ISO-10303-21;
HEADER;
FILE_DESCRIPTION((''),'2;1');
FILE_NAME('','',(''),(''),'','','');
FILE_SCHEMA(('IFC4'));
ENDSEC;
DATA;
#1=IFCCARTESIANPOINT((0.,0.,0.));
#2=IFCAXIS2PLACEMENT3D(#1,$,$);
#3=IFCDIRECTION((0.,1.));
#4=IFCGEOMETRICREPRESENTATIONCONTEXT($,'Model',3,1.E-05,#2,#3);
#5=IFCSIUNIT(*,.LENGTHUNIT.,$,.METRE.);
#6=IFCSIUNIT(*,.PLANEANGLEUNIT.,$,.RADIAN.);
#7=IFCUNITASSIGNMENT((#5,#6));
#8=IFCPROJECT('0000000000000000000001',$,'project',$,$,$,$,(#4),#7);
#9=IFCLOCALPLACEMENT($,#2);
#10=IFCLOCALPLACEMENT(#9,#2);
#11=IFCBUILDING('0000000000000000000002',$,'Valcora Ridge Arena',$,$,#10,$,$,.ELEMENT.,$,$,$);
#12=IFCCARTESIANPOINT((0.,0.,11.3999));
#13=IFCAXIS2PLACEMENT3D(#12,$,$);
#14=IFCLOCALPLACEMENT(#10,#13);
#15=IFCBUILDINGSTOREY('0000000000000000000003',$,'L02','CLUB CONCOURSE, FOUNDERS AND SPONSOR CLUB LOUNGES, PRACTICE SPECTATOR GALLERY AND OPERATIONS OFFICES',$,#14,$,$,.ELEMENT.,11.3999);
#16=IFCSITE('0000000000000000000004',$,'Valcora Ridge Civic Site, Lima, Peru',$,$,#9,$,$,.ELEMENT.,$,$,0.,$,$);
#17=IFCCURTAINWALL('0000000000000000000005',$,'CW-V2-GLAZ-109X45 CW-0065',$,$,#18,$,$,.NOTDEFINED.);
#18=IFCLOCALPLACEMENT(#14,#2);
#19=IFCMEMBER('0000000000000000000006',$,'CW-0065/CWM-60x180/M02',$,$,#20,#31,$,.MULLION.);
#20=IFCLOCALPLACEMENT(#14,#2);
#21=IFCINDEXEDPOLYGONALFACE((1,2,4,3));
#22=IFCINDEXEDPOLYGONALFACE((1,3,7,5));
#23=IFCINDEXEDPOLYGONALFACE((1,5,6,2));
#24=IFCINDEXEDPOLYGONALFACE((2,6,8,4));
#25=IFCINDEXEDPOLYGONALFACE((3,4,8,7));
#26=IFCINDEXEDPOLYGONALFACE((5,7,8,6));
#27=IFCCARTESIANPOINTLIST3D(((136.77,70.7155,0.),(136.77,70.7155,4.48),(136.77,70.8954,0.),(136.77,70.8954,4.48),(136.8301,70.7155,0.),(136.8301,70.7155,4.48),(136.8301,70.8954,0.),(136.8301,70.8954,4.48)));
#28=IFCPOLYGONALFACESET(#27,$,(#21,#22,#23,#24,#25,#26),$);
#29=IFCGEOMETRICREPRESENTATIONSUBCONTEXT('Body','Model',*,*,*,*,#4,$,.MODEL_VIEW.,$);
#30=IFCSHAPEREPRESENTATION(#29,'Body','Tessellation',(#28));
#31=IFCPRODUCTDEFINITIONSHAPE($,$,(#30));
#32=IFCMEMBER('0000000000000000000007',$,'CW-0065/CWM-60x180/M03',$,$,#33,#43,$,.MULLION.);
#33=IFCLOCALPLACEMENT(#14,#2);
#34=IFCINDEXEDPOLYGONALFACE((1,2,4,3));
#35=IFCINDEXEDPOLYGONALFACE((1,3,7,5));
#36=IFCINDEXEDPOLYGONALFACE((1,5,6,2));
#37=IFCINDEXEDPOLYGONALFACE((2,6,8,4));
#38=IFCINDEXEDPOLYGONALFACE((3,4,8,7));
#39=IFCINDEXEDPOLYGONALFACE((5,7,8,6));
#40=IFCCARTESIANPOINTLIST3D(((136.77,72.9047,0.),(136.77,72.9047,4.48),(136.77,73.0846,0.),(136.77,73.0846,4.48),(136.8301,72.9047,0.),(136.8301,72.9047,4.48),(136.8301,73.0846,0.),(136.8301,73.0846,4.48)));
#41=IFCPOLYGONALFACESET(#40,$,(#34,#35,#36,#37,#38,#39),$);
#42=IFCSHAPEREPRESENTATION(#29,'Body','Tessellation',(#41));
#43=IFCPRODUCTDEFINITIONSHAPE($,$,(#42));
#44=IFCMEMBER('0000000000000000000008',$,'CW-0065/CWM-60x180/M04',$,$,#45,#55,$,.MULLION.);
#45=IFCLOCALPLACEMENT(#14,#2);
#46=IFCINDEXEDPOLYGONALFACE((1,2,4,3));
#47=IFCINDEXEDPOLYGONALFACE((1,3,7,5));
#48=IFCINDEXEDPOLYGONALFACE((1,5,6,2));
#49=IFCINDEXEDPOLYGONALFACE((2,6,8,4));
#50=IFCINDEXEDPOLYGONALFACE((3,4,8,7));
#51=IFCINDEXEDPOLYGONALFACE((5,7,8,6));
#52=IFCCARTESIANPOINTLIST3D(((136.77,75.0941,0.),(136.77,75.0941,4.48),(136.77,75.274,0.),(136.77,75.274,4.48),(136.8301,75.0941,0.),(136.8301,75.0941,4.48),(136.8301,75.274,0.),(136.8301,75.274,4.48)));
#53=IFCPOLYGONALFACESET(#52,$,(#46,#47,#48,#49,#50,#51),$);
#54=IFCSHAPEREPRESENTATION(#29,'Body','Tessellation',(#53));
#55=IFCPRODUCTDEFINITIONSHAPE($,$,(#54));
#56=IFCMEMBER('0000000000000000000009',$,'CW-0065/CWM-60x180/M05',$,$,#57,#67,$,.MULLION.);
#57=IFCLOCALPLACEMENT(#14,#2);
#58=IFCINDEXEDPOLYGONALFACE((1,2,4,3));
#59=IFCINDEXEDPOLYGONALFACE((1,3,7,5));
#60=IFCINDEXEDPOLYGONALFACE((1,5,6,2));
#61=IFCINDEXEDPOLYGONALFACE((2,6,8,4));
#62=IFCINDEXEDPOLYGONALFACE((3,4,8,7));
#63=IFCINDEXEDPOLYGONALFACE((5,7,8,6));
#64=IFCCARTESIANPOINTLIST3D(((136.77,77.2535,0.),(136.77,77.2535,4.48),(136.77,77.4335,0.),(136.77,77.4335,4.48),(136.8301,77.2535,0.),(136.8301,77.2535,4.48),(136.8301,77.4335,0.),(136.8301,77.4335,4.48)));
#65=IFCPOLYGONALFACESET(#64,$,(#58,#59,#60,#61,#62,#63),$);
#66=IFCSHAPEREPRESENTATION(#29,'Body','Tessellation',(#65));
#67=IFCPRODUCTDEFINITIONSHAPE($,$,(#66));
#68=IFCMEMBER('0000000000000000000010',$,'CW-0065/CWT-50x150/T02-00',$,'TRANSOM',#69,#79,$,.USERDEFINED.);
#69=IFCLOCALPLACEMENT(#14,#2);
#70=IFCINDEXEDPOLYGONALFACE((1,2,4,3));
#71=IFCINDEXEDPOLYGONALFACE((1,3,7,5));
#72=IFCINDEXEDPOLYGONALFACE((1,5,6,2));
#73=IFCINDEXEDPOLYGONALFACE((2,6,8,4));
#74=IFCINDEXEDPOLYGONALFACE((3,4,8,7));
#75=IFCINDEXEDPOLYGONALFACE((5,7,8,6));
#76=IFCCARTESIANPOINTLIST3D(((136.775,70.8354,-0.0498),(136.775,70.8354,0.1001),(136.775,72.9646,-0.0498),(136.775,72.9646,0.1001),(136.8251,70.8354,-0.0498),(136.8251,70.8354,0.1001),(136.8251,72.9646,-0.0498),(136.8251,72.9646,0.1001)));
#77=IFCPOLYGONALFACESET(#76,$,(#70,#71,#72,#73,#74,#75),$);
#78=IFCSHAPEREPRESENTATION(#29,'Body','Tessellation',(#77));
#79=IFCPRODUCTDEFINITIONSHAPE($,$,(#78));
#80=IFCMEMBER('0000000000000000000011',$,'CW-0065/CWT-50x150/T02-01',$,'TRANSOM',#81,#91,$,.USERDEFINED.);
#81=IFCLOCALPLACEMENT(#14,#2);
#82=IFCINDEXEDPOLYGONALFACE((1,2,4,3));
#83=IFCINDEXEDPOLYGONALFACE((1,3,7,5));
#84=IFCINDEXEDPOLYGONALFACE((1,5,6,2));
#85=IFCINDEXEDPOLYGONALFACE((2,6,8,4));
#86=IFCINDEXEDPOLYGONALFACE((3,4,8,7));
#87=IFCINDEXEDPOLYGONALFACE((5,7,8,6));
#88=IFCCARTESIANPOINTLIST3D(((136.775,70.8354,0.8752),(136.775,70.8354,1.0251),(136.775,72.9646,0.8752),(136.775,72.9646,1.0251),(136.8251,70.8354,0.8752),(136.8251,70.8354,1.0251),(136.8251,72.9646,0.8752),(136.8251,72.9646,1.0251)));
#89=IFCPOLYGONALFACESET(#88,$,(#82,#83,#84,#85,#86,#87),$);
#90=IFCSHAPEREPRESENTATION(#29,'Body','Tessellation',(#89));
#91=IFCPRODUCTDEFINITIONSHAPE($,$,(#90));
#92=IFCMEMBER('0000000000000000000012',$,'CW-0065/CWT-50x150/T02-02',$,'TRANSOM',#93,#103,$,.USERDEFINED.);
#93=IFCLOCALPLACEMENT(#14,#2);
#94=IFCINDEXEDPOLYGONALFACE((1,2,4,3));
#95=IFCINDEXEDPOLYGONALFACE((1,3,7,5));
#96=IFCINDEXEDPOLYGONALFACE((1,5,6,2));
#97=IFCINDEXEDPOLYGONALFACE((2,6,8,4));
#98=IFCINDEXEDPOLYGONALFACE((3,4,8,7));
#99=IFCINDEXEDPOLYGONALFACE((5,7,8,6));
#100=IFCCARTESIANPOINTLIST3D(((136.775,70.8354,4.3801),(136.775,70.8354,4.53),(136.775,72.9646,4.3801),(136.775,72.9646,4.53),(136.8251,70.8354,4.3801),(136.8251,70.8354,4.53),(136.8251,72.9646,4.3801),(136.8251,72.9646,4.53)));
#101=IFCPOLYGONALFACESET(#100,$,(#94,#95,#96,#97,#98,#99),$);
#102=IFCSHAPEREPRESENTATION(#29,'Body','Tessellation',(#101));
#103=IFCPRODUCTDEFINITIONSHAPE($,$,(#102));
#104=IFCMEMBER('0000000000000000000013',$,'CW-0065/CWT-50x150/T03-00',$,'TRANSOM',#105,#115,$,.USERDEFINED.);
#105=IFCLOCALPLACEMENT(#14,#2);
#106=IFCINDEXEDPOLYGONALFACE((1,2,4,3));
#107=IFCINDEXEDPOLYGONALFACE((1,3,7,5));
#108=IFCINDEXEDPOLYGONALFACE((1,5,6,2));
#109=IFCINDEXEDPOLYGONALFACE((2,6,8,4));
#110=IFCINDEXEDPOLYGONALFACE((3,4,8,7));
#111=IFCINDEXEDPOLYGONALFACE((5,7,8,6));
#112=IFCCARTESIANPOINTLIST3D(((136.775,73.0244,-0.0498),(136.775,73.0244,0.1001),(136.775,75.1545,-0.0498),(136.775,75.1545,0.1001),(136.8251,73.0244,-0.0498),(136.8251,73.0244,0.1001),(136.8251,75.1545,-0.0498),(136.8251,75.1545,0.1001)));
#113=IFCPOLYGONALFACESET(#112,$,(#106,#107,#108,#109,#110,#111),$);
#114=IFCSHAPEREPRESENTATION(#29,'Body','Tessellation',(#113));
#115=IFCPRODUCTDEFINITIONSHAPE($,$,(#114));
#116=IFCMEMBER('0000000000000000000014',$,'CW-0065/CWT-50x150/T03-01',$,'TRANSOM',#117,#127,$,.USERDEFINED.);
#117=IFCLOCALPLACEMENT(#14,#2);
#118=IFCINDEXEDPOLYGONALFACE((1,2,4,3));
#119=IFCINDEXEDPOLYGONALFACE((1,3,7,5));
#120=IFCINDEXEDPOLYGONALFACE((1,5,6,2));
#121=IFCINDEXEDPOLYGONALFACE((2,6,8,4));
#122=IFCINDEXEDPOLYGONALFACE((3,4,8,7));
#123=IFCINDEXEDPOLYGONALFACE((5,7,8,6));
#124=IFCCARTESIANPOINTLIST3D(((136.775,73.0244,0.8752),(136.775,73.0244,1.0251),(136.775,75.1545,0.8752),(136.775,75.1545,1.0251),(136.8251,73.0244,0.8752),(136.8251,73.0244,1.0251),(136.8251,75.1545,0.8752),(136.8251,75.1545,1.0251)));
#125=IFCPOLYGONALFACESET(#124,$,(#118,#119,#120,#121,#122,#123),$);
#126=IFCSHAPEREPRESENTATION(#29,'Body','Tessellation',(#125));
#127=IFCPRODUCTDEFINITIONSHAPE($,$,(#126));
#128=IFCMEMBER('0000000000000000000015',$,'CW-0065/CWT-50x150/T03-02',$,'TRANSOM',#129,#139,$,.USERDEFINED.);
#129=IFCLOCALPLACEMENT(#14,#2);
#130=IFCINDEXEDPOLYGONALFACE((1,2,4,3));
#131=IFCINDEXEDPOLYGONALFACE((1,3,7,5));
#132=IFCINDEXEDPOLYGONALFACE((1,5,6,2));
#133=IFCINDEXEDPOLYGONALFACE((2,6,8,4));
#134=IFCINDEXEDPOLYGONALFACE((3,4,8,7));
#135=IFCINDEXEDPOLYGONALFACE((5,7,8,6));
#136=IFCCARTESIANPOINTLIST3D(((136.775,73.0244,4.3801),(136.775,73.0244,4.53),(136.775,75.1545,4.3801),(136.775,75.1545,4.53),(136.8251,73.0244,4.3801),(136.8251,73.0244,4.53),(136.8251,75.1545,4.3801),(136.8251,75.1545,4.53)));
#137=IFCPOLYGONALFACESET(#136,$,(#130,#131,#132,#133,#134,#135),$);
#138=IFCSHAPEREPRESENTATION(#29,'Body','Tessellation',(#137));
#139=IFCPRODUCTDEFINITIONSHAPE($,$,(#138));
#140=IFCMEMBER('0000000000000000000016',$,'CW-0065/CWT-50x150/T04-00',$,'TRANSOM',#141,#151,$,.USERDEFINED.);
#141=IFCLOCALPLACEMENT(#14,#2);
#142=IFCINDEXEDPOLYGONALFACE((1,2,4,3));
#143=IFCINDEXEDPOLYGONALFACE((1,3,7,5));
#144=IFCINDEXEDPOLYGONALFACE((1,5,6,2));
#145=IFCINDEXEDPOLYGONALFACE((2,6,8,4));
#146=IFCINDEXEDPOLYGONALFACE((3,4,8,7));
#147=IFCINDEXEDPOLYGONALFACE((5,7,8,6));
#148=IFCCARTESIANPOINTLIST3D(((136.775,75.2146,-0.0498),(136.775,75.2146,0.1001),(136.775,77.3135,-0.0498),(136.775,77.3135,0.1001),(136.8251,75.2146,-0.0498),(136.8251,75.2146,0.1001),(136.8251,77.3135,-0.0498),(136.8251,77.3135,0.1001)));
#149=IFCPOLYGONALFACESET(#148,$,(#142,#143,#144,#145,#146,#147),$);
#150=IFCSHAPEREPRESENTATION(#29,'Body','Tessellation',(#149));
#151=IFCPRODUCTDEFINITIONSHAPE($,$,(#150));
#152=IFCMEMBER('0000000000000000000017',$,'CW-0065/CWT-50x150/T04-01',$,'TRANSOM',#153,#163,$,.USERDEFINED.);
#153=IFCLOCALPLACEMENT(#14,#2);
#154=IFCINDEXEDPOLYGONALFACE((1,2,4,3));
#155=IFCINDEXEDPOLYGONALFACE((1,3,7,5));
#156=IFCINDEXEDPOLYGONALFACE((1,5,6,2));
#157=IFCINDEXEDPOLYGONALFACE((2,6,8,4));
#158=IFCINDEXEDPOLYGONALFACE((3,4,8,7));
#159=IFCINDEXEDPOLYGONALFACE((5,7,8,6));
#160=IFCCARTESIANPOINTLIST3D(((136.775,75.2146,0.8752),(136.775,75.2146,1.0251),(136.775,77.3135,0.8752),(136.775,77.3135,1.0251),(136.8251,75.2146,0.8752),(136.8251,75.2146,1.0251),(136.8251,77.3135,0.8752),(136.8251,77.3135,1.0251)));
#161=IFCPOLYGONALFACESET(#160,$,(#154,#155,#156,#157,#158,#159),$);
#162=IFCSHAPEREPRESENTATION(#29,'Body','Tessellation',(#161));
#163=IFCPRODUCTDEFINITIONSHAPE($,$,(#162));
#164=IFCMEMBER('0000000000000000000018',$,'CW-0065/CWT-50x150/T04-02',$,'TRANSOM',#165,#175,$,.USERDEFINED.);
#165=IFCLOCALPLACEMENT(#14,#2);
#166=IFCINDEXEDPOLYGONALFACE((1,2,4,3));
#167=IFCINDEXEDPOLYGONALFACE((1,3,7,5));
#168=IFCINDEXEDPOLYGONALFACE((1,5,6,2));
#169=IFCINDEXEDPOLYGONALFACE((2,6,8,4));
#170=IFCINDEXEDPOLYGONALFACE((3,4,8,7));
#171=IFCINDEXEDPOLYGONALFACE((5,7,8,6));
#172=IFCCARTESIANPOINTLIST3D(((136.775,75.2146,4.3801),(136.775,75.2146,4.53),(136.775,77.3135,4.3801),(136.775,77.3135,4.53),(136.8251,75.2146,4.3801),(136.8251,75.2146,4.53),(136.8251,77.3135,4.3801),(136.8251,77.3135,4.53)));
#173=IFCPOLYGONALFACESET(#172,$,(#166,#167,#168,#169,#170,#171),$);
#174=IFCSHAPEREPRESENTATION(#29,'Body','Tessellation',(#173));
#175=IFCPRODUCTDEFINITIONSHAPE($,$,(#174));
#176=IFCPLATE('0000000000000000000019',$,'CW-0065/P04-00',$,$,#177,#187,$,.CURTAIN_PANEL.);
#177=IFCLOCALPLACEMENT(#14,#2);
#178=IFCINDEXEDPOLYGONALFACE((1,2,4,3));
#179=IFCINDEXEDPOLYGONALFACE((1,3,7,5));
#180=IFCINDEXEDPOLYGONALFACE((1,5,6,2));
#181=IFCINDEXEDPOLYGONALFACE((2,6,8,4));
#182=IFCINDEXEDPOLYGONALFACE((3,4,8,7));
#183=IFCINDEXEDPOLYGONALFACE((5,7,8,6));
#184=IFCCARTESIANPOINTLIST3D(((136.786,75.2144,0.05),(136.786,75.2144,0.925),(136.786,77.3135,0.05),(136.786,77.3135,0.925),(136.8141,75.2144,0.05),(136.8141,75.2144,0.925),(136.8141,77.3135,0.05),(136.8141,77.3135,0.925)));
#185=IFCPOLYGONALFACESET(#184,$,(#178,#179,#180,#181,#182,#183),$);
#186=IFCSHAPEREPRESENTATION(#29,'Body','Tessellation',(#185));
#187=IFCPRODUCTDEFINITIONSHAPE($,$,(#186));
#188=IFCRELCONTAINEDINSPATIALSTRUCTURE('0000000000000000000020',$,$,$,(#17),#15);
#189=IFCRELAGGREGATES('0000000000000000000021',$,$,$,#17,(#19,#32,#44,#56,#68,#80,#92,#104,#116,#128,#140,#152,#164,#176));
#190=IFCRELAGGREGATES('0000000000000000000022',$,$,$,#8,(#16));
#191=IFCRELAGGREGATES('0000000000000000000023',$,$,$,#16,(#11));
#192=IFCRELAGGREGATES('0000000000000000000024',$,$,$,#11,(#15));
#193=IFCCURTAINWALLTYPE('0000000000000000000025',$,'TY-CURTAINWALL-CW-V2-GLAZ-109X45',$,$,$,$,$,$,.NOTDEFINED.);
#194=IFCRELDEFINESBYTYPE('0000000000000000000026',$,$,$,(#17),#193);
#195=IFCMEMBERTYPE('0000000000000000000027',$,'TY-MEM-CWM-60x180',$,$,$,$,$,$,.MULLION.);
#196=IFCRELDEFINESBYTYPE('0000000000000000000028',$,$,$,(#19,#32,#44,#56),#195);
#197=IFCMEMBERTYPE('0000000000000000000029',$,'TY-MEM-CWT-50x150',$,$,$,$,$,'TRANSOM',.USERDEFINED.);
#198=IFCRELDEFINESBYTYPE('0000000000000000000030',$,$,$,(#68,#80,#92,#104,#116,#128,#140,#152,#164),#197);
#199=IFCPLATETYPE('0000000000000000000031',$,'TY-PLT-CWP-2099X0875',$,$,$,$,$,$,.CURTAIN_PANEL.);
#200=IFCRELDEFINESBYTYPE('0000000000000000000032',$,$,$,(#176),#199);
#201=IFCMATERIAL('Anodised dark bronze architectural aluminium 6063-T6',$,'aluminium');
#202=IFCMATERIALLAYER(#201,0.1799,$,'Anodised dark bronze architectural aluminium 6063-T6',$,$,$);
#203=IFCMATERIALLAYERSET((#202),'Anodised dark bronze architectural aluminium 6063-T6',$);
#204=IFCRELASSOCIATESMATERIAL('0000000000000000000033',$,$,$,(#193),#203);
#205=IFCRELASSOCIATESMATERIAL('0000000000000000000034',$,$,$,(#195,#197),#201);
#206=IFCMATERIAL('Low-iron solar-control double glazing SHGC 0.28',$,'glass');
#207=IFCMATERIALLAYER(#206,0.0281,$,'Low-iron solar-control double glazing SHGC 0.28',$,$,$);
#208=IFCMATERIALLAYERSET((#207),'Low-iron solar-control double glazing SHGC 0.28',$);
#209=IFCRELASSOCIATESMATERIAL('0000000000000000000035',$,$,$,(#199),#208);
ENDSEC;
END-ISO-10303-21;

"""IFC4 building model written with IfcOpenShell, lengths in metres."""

from ifc_helpers import new_model, si_unit, direction, frame, origin, origin_2d, place, context, subcontext, project, spatial, rectangle, extrude, material, layer, layer_set, material_profile, profile_set, type_object, element, aggregate, save


model = new_model("IFC4")

# Units and contexts
model_context = context("Model", 3, precision=1e-05, world=origin(), true_north=direction((0.0, 1.0)))
body_context = subcontext(model_context, "Body", "Model", "MODEL_VIEW")
ifc_project = project(units=[si_unit("LENGTHUNIT", "METRE"), si_unit("PLANEANGLEUNIT", "RADIAN")], contexts=[model_context])

# Site, building, storey
site_placement = place(None, origin())
site = spatial("IfcSite", under=ifc_project, at=site_placement, Name="Valcora Ridge Civic Site, Lima, Peru", CompositionType="ELEMENT", RefElevation=0.0)
building_placement = place(site_placement, origin())
building = spatial("IfcBuilding", under=site, at=building_placement, Name="Valcora Ridge Arena", CompositionType="ELEMENT")
storey_placement = place(building_placement, frame((0.0, 0.0, 11.3999)))
storey = spatial("IfcBuildingStorey", under=building, at=storey_placement, Name="L02", Description="CLUB CONCOURSE, FOUNDERS AND SPONSOR CLUB LOUNGES, PRACTICE SPECTATOR GALLERY AND OPERATIONS OFFICES", CompositionType="ELEMENT", Elevation=11.3999)

# Curtain wall, members, plate
ifc_material_1 = material(Name="Anodised dark bronze architectural aluminium 6063-T6", Category="aluminium")
ifc_layer_1 = layer(ifc_material_1, 0.1799, Name="Anodised dark bronze architectural aluminium 6063-T6")
ifc_layer_set_1 = layer_set([ifc_layer_1], Name="Anodised dark bronze architectural aluminium 6063-T6")
curtain_wall_type = type_object("IfcCurtainWallType", Name="TY-CURTAINWALL-CW-V2-GLAZ-109X45", PredefinedType="NOTDEFINED", material=ifc_layer_set_1)
curtain_wall_placement = place(storey_placement, origin())
curtain_wall = element("IfcCurtainWall", 1, at=curtain_wall_placement, inside=storey, type_object=curtain_wall_type, Name="CW-V2-GLAZ-109X45 CW-0065", PredefinedType="NOTDEFINED")
ifc_material_profile_1 = material_profile(ifc_material_1, rectangle(XDim=0.0601, YDim=0.1799, at=origin_2d()), Name="ALU MULLION 60x180")
ifc_profile_set_1 = profile_set([ifc_material_profile_1], Name="Anodised dark bronze architectural aluminium 6063-T6")
member_type_1 = type_object("IfcMemberType", Name="TY-MEM-CWM-60x180", PredefinedType="MULLION", material=ifc_profile_set_1)
member_1_placement = place(storey_placement, frame((136.8, 70.8054, 0.0), z_axis=(0.0, 0.0, 1.0), x_axis=(-1.0, 0.0, 0.0)))
member_1 = element("IfcMember", 2, at=member_1_placement, type_object=member_type_1, Name="CW-0065/CWM-60x180/M02", PredefinedType="MULLION", context=body_context, shape_type="SweptSolid", body=[
    extrude(rectangle(XDim=0.0601, YDim=0.1799, at=origin_2d()), origin(), (0.0, 0.0, 1.0), 4.48),
])
member_2_placement = place(storey_placement, frame((136.8, 72.9946, 0.0), z_axis=(0.0, 0.0, 1.0), x_axis=(-1.0, 0.0, 0.0)))
member_2 = element("IfcMember", 3, at=member_2_placement, type_object=member_type_1, Name="CW-0065/CWM-60x180/M03", PredefinedType="MULLION", context=body_context, shape_type="SweptSolid", body=[
    extrude(rectangle(XDim=0.0601, YDim=0.1799, at=origin_2d()), origin(), (0.0, 0.0, 1.0), 4.48),
])
member_3_placement = place(storey_placement, frame((136.8, 75.1841, 0.0), z_axis=(0.0, 0.0, 1.0), x_axis=(-1.0, 0.0, 0.0)))
member_3 = element("IfcMember", 4, at=member_3_placement, type_object=member_type_1, Name="CW-0065/CWM-60x180/M04", PredefinedType="MULLION", context=body_context, shape_type="SweptSolid", body=[
    extrude(rectangle(XDim=0.0601, YDim=0.1799, at=origin_2d()), origin(), (0.0, 0.0, 1.0), 4.48),
])
member_4_placement = place(storey_placement, frame((136.8, 77.3435, 0.0), z_axis=(0.0, 0.0, 1.0), x_axis=(-1.0, 0.0, 0.0)))
member_4 = element("IfcMember", 5, at=member_4_placement, type_object=member_type_1, Name="CW-0065/CWM-60x180/M05", PredefinedType="MULLION", context=body_context, shape_type="SweptSolid", body=[
    extrude(rectangle(XDim=0.0601, YDim=0.1799, at=origin_2d()), origin(), (0.0, 0.0, 1.0), 4.48),
])
ifc_material_profile_2 = material_profile(ifc_material_1, rectangle(XDim=0.05, YDim=0.1499, at=origin_2d()), Name="ALU TRANSOM 50x150")
ifc_profile_set_2 = profile_set([ifc_material_profile_2], Name="Anodised dark bronze architectural aluminium 6063-T6")
member_type_2 = type_object("IfcMemberType", Name="TY-MEM-CWT-50x150", ElementType="TRANSOM", PredefinedType="USERDEFINED", material=ifc_profile_set_2)
member_5_placement = place(storey_placement, frame((136.8, 70.8354, 0.0251), z_axis=(0.0, 1.0, 0.0), x_axis=(-1.0, 0.0, 0.0)))
member_5 = element("IfcMember", 6, at=member_5_placement, type_object=member_type_2, Name="CW-0065/CWT-50x150/T02-00", ObjectType="TRANSOM", PredefinedType="USERDEFINED", context=body_context, shape_type="SweptSolid", body=[
    extrude(rectangle(XDim=0.05, YDim=0.1499, at=origin_2d()), origin(), (0.0, 0.0, 1.0), 2.1292),
])
member_6_placement = place(storey_placement, frame((136.8, 70.8354, 0.9502), z_axis=(0.0, 1.0, 0.0), x_axis=(-1.0, 0.0, 0.0)))
member_6 = element("IfcMember", 7, at=member_6_placement, type_object=member_type_2, Name="CW-0065/CWT-50x150/T02-01", ObjectType="TRANSOM", PredefinedType="USERDEFINED", context=body_context, shape_type="SweptSolid", body=[
    extrude(rectangle(XDim=0.05, YDim=0.1499, at=origin_2d()), origin(), (0.0, 0.0, 1.0), 2.1292),
])
member_7_placement = place(storey_placement, frame((136.8, 70.8354, 4.4551), z_axis=(0.0, 1.0, 0.0), x_axis=(-1.0, 0.0, 0.0)))
member_7 = element("IfcMember", 8, at=member_7_placement, type_object=member_type_2, Name="CW-0065/CWT-50x150/T02-02", ObjectType="TRANSOM", PredefinedType="USERDEFINED", context=body_context, shape_type="SweptSolid", body=[
    extrude(rectangle(XDim=0.05, YDim=0.1499, at=origin_2d()), origin(), (0.0, 0.0, 1.0), 2.1292),
])
member_8_placement = place(storey_placement, frame((136.8, 73.0244, 0.0251), z_axis=(0.0, 1.0, 0.0), x_axis=(-1.0, 0.0, 0.0)))
member_8 = element("IfcMember", 9, at=member_8_placement, type_object=member_type_2, Name="CW-0065/CWT-50x150/T03-00", ObjectType="TRANSOM", PredefinedType="USERDEFINED", context=body_context, shape_type="SweptSolid", body=[
    extrude(rectangle(XDim=0.05, YDim=0.1499, at=origin_2d()), origin(), (0.0, 0.0, 1.0), 2.1301),
])
member_9_placement = place(storey_placement, frame((136.8, 73.0244, 0.9502), z_axis=(0.0, 1.0, 0.0), x_axis=(-1.0, 0.0, 0.0)))
member_9 = element("IfcMember", 10, at=member_9_placement, type_object=member_type_2, Name="CW-0065/CWT-50x150/T03-01", ObjectType="TRANSOM", PredefinedType="USERDEFINED", context=body_context, shape_type="SweptSolid", body=[
    extrude(rectangle(XDim=0.05, YDim=0.1499, at=origin_2d()), origin(), (0.0, 0.0, 1.0), 2.1301),
])
member_10_placement = place(storey_placement, frame((136.8, 73.0244, 4.4551), z_axis=(0.0, 1.0, 0.0), x_axis=(-1.0, 0.0, 0.0)))
member_10 = element("IfcMember", 11, at=member_10_placement, type_object=member_type_2, Name="CW-0065/CWT-50x150/T03-02", ObjectType="TRANSOM", PredefinedType="USERDEFINED", context=body_context, shape_type="SweptSolid", body=[
    extrude(rectangle(XDim=0.05, YDim=0.1499, at=origin_2d()), origin(), (0.0, 0.0, 1.0), 2.1301),
])
member_11_placement = place(storey_placement, frame((136.8, 75.2146, 0.0251), z_axis=(0.0, 1.0, 0.0), x_axis=(-1.0, 0.0, 0.0)))
member_11 = element("IfcMember", 12, at=member_11_placement, type_object=member_type_2, Name="CW-0065/CWT-50x150/T04-00", ObjectType="TRANSOM", PredefinedType="USERDEFINED", context=body_context, shape_type="SweptSolid", body=[
    extrude(rectangle(XDim=0.05, YDim=0.1499, at=origin_2d()), origin(), (0.0, 0.0, 1.0), 2.0989),
])
member_12_placement = place(storey_placement, frame((136.8, 75.2146, 0.9502), z_axis=(0.0, 1.0, 0.0), x_axis=(-1.0, 0.0, 0.0)))
member_12 = element("IfcMember", 13, at=member_12_placement, type_object=member_type_2, Name="CW-0065/CWT-50x150/T04-01", ObjectType="TRANSOM", PredefinedType="USERDEFINED", context=body_context, shape_type="SweptSolid", body=[
    extrude(rectangle(XDim=0.05, YDim=0.1499, at=origin_2d()), origin(), (0.0, 0.0, 1.0), 2.0989),
])
member_13_placement = place(storey_placement, frame((136.8, 75.2146, 4.4551), z_axis=(0.0, 1.0, 0.0), x_axis=(-1.0, 0.0, 0.0)))
member_13 = element("IfcMember", 14, at=member_13_placement, type_object=member_type_2, Name="CW-0065/CWT-50x150/T04-02", ObjectType="TRANSOM", PredefinedType="USERDEFINED", context=body_context, shape_type="SweptSolid", body=[
    extrude(rectangle(XDim=0.05, YDim=0.1499, at=origin_2d()), origin(), (0.0, 0.0, 1.0), 2.0989),
])
ifc_material_2 = material(Name="Low-iron solar-control double glazing SHGC 0.28", Category="glass")
ifc_layer_2 = layer(ifc_material_2, 0.0281, Name="Low-iron solar-control double glazing SHGC 0.28")
ifc_layer_set_2 = layer_set([ifc_layer_2], Name="Low-iron solar-control double glazing SHGC 0.28")
plate_type_1 = type_object("IfcPlateType", Name="TY-PLT-CWP-2099X0875", PredefinedType="CURTAIN_PANEL", material=ifc_layer_set_2)
plate_1_placement = place(storey_placement, frame((136.8, 76.2639, 0.05), z_axis=(0.0, 0.0, 1.0), x_axis=(0.0, 1.0, 0.0)))
plate_1 = element("IfcPlate", 15, at=plate_1_placement, type_object=plate_type_1, Name="CW-0065/P04-00", PredefinedType="CURTAIN_PANEL", context=body_context, shape_type="SweptSolid", body=[
    extrude(rectangle(XDim=2.0991, YDim=0.0281, at=origin_2d()), origin(), (0.0, 0.0, 1.0), 0.875),
])
aggregate(curtain_wall, [member_1, member_2, member_3, member_4, member_5, member_6, member_7, member_8, member_9, member_10, member_11, member_12, member_13, plate_1])

save(model, "model.ifc")
